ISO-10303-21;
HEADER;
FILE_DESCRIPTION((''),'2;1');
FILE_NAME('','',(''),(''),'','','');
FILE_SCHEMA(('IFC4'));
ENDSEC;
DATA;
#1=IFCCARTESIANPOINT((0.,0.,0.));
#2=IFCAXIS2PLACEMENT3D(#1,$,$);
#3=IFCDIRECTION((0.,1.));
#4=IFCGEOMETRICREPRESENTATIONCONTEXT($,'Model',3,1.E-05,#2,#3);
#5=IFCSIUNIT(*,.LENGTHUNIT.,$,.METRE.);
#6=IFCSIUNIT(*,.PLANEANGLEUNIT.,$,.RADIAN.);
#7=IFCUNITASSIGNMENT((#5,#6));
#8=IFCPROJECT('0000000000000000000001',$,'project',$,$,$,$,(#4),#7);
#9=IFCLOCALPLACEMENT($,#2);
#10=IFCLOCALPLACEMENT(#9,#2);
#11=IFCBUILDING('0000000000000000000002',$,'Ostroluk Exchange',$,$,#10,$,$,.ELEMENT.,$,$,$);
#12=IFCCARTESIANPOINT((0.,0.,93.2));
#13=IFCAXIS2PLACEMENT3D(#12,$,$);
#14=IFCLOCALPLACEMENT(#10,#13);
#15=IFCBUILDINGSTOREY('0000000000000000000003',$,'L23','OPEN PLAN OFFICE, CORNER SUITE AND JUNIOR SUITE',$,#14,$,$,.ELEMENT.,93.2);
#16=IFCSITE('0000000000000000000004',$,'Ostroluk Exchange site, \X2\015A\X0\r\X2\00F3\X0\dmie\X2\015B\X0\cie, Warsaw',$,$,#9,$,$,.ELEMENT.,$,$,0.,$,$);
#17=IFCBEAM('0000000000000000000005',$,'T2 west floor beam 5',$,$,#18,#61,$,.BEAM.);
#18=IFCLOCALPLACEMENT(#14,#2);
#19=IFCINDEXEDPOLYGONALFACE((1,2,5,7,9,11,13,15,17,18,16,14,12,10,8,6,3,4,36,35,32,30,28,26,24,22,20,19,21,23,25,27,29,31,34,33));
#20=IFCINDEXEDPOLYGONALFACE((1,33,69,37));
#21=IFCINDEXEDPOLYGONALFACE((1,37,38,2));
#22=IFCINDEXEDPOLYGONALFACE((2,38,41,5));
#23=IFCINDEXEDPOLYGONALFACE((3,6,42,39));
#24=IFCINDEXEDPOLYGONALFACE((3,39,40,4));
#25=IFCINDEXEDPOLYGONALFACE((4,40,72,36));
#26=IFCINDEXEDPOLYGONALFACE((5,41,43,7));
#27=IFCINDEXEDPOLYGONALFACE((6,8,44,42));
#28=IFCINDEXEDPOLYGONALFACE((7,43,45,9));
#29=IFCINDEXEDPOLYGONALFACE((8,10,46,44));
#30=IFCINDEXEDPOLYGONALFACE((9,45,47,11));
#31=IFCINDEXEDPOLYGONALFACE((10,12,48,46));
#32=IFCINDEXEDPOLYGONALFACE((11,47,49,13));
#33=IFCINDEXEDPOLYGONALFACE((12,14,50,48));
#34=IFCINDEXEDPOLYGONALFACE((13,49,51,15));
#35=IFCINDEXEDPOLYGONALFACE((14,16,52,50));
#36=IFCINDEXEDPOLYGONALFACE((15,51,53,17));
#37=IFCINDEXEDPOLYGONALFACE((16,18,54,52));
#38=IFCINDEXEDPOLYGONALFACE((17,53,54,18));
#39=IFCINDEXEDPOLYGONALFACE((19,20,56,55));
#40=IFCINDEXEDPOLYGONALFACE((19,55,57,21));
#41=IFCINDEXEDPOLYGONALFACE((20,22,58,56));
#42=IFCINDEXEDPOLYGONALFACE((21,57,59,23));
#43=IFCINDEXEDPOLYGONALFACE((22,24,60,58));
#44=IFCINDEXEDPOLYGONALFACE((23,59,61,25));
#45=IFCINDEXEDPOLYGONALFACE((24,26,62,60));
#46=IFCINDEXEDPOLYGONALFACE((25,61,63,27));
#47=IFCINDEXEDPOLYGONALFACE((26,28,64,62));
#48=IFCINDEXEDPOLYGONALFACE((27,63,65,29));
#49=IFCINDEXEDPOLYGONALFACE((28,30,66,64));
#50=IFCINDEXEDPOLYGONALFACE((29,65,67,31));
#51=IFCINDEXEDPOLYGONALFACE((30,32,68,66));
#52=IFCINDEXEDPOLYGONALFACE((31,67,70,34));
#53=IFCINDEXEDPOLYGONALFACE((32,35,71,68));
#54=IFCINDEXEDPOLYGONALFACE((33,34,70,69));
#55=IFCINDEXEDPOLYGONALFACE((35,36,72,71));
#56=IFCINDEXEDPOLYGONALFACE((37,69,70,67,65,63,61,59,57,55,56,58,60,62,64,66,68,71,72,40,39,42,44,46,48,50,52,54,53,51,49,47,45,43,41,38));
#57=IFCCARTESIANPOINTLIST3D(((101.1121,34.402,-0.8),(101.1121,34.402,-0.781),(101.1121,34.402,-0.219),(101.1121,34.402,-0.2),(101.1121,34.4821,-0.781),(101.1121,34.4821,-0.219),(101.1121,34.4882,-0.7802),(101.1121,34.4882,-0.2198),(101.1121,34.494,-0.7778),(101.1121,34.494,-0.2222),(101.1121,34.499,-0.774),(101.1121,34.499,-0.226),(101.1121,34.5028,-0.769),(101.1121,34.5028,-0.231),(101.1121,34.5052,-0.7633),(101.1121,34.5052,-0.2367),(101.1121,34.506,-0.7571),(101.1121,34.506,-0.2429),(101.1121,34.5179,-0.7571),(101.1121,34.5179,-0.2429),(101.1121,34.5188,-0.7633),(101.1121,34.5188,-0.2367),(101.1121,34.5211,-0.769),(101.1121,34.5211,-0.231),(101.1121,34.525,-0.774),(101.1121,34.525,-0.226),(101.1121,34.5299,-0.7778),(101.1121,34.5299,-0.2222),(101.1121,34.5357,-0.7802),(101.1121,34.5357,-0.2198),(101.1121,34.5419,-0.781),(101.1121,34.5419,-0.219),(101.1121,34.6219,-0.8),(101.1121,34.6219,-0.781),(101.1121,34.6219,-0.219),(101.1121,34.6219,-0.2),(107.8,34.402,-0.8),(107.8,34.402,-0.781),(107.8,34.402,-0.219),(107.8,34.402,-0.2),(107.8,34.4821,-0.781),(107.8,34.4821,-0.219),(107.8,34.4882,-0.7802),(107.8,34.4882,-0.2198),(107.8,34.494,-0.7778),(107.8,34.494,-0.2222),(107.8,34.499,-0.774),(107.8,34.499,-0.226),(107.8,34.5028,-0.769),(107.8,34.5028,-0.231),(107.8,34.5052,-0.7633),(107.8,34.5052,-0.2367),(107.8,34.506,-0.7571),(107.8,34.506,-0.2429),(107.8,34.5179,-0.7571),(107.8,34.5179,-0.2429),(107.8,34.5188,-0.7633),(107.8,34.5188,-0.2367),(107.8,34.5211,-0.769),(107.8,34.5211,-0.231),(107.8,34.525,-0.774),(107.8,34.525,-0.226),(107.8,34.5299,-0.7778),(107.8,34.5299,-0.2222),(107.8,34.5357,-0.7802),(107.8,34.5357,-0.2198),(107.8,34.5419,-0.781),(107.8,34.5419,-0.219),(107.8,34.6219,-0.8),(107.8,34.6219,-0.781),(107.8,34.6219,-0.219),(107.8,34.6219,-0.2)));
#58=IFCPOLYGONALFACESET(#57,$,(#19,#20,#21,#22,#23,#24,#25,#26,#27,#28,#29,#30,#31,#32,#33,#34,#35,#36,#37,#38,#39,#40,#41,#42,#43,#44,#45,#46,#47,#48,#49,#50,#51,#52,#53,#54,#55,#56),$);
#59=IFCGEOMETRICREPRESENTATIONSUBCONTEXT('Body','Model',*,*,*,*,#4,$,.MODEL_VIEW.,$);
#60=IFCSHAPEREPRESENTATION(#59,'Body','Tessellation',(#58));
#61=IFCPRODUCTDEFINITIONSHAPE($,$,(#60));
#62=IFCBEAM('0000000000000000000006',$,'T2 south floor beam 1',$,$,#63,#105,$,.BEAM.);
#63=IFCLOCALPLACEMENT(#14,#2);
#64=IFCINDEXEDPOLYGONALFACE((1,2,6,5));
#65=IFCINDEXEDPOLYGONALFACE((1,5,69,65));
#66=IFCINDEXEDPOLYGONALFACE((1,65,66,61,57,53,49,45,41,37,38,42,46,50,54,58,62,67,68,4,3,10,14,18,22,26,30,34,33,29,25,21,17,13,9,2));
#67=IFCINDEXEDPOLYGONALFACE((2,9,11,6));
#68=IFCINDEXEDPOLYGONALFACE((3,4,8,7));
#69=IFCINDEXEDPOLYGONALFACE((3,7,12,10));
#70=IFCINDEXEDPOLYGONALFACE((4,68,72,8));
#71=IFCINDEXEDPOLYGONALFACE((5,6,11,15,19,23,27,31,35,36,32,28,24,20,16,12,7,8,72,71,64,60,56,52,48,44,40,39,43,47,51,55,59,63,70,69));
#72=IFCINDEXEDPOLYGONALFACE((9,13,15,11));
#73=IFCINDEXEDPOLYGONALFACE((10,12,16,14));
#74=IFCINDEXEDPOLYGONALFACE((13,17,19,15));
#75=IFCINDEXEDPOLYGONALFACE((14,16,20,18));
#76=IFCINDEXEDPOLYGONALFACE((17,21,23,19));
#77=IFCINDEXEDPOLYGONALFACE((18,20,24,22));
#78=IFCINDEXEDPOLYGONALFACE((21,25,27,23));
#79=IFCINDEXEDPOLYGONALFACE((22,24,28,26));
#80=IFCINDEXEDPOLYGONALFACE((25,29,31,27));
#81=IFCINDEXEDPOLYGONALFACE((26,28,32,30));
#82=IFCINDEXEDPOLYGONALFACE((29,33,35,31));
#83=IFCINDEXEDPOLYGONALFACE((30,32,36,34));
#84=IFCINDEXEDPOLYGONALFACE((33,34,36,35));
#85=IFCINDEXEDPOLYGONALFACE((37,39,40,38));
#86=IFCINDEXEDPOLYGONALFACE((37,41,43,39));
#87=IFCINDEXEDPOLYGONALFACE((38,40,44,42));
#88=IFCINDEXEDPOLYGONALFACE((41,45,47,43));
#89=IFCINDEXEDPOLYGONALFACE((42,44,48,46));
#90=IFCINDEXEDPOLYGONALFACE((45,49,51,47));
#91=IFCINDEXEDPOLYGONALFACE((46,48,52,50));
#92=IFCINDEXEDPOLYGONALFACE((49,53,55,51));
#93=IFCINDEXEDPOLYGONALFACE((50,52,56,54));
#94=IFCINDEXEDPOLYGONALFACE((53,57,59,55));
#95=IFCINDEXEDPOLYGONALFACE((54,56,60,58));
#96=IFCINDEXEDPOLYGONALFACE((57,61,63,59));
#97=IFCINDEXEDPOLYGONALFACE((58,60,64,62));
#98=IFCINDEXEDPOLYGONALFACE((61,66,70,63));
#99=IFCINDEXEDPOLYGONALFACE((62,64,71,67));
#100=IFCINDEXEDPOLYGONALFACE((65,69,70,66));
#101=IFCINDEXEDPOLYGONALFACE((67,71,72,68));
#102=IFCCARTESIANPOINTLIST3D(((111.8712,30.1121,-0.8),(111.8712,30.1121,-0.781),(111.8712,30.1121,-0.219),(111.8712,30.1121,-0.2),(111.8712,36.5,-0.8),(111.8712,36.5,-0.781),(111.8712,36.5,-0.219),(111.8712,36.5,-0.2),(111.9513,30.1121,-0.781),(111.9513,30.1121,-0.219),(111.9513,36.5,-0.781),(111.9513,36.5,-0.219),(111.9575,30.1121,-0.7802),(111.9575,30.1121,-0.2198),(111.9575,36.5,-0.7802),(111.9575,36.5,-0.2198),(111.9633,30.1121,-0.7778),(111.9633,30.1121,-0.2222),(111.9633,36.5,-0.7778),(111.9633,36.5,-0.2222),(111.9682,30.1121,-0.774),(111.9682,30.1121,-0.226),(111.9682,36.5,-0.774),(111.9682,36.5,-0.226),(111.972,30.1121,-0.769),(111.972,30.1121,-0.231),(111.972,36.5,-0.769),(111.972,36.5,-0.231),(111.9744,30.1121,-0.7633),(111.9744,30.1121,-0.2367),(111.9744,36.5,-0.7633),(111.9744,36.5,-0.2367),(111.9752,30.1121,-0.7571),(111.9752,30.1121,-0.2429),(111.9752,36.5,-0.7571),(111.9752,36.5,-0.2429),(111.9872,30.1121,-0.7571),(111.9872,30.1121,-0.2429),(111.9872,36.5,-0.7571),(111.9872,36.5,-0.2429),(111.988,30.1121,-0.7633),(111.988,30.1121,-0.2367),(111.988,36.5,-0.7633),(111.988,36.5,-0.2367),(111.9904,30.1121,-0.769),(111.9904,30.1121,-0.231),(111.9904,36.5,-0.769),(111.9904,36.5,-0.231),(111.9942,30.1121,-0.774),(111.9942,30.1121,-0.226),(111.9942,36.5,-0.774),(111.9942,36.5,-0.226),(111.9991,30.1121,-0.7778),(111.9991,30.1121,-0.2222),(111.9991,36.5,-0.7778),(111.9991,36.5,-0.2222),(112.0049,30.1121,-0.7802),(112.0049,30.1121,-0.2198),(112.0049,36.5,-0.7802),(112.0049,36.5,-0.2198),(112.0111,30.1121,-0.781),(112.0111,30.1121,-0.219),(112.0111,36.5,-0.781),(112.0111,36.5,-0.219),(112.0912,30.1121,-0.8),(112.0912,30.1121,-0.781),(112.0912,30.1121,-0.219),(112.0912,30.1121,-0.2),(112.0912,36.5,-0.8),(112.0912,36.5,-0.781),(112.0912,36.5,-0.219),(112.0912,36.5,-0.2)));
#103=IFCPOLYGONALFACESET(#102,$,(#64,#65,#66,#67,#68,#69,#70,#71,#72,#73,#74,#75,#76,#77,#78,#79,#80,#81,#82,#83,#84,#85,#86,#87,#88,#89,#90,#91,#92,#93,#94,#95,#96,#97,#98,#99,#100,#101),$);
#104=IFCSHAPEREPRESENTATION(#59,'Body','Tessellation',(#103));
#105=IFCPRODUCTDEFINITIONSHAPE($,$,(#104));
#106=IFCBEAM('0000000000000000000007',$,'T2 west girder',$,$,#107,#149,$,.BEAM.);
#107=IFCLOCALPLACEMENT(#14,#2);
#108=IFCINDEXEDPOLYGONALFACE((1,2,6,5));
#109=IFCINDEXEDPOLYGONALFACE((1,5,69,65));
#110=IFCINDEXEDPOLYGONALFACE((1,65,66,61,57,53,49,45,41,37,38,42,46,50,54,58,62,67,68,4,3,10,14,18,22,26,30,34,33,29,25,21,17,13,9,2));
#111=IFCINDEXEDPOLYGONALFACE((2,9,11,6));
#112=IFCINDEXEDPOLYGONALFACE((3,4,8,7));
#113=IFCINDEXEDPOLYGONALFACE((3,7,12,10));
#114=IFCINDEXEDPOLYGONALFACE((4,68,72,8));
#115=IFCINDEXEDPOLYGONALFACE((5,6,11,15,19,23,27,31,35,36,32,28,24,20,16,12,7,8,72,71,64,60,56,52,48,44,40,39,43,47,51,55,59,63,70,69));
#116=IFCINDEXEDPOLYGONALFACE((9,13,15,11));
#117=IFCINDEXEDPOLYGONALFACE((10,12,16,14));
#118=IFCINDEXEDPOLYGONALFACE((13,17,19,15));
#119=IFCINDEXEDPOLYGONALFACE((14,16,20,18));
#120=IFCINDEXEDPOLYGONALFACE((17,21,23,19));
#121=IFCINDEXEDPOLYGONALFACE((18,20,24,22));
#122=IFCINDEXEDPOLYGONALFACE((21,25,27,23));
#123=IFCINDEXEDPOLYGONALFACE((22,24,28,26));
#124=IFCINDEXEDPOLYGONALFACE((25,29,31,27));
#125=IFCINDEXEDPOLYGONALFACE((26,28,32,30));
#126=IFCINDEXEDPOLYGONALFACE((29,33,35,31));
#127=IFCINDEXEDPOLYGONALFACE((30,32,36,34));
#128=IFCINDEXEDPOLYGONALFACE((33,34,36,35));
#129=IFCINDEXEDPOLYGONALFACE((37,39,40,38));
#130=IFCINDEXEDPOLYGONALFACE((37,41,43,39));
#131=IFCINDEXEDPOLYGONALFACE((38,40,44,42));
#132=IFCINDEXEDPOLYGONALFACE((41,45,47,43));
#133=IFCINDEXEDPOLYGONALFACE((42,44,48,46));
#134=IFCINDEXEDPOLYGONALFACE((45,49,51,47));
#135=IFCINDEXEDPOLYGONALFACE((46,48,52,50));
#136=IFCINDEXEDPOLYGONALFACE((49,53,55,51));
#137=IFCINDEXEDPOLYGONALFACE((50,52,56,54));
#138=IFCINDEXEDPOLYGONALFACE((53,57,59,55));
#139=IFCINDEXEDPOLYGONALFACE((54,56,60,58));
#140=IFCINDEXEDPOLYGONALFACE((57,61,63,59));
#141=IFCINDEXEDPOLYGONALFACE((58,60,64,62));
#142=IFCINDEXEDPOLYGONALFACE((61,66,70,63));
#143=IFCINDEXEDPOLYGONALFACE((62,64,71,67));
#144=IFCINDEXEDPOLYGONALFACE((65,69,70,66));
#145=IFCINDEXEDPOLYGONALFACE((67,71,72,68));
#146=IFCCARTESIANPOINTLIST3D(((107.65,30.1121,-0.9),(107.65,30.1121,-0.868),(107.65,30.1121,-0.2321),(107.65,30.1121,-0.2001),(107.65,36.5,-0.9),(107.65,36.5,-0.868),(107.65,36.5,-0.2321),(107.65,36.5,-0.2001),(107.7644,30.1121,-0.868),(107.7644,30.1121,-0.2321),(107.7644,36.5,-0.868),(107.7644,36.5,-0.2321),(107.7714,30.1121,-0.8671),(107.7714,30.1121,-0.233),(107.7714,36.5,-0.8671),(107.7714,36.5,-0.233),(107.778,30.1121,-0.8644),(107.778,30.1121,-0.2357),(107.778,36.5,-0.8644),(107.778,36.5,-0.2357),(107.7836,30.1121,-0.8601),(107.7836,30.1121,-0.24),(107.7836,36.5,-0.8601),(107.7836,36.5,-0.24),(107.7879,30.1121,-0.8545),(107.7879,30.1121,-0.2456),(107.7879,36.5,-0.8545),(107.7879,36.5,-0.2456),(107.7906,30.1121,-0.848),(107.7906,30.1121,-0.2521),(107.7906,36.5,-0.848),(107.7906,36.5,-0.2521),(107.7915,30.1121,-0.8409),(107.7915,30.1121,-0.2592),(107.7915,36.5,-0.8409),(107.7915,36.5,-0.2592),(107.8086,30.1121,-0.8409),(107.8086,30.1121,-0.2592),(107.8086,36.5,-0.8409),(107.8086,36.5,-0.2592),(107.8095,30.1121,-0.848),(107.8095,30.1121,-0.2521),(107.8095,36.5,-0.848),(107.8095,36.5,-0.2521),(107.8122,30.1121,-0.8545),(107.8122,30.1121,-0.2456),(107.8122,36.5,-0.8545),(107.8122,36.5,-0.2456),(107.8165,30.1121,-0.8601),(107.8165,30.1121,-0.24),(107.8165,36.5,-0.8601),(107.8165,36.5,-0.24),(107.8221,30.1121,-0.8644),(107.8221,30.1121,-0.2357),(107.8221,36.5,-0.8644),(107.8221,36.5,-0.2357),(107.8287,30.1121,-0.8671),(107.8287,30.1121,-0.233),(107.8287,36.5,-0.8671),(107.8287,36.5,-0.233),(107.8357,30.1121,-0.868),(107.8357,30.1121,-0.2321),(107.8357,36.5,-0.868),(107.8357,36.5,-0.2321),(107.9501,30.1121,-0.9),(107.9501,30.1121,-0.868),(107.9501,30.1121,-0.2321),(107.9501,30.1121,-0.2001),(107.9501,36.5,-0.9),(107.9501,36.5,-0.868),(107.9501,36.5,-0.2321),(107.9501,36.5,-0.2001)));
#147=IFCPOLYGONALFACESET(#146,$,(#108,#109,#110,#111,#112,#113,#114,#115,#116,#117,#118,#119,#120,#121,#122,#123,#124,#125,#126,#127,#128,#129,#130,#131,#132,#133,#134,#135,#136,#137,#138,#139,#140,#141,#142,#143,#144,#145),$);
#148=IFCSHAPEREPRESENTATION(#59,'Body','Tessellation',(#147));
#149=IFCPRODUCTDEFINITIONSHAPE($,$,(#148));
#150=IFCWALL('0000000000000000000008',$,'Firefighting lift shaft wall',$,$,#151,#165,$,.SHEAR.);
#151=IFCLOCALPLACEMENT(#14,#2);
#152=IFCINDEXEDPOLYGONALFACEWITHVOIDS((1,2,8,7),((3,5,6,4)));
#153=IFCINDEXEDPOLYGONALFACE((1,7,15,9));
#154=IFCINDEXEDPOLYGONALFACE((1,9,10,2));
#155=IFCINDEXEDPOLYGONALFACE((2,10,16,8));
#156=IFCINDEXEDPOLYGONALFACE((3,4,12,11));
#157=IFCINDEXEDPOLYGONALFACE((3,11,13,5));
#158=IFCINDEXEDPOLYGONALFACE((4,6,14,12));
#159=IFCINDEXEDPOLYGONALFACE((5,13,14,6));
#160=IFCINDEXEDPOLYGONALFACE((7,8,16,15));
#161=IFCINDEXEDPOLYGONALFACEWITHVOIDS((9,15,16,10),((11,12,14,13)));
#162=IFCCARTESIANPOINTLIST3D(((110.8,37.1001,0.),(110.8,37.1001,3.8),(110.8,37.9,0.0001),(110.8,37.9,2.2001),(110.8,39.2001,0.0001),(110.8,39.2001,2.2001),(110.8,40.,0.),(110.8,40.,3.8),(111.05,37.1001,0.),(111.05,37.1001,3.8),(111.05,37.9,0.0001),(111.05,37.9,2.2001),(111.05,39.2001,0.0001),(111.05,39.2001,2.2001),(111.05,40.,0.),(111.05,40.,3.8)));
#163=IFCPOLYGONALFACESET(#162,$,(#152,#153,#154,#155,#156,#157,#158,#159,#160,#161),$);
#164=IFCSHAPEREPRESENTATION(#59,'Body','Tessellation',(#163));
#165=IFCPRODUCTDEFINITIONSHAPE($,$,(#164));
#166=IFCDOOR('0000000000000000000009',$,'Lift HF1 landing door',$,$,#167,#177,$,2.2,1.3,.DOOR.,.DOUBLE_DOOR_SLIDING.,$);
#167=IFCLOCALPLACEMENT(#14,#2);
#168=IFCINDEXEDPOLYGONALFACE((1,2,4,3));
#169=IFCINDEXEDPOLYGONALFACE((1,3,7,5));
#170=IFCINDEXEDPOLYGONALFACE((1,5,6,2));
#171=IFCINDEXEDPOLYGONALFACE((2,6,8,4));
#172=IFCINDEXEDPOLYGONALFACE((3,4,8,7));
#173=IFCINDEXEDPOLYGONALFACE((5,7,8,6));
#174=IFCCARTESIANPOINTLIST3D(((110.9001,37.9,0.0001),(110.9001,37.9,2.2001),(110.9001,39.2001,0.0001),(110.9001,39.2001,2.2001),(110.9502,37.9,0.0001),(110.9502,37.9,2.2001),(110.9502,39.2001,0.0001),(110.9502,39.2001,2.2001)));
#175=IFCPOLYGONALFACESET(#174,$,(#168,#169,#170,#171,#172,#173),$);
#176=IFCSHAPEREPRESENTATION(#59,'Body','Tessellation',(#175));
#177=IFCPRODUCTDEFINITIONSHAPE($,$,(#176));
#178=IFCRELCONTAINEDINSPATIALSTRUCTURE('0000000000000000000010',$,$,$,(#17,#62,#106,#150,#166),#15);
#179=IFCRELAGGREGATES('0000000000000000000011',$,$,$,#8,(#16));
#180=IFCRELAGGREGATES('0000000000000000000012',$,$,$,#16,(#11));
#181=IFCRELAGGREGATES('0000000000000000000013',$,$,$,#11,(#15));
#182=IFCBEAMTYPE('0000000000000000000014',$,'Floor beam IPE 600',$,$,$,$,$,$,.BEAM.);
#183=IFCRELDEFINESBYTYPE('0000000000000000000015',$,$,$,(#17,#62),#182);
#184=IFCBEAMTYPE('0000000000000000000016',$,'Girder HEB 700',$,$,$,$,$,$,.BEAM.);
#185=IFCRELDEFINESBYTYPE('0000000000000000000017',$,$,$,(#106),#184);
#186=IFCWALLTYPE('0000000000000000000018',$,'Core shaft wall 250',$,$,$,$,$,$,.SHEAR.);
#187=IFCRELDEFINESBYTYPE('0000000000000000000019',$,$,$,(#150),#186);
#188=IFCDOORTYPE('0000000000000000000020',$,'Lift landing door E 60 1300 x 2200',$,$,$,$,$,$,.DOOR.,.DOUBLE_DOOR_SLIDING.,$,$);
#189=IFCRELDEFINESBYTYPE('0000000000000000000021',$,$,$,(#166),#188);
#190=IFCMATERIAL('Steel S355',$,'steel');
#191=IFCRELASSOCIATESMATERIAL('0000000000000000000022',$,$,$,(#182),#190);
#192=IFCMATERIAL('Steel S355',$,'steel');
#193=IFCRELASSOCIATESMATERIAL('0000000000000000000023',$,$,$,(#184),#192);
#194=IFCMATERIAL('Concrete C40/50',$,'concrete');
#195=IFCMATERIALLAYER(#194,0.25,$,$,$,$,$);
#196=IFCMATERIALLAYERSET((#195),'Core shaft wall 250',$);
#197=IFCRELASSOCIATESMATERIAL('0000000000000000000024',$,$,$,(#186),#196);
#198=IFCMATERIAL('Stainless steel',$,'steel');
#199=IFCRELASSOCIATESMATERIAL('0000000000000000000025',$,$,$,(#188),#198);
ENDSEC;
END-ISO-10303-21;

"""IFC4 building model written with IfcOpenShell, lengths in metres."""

from ifc_helpers import new_model, si_unit, direction, frame, frame_2d, origin, origin_2d, place, context, subcontext, project, spatial, rectangle, i_section, extrude, material, layer, layer_set, material_profile, profile_set, type_object, element, fill, save


model = new_model("IFC4")

# Units and contexts
model_context = context("Model", 3, precision=1e-05, world=origin(), true_north=direction((0.0, 1.0)))
body_context = subcontext(model_context, "Body", "Model", "MODEL_VIEW")
ifc_project = project(units=[si_unit("LENGTHUNIT", "METRE"), si_unit("PLANEANGLEUNIT", "RADIAN")], contexts=[model_context])

# Site, building, storey
site_placement = place(None, origin())
site = spatial("IfcSite", under=ifc_project, at=site_placement, Name="Ostroluk Exchange site, Śródmieście, Warsaw", CompositionType="ELEMENT", RefElevation=0.0)
building_placement = place(site_placement, origin())
building = spatial("IfcBuilding", under=site, at=building_placement, Name="Ostroluk Exchange", CompositionType="ELEMENT")
storey_placement = place(building_placement, frame((0.0, 0.0, 93.2)))
storey = spatial("IfcBuildingStorey", under=building, at=storey_placement, Name="L23", Description="OPEN PLAN OFFICE, CORNER SUITE AND JUNIOR SUITE", CompositionType="ELEMENT", Elevation=93.2)

# Beams
ifc_material_1 = material(Name="Steel S355", Category="steel")
ifc_material_profile_1 = material_profile(ifc_material_1, i_section(OverallWidth=0.22, OverallDepth=0.6001, WebThickness=0.012, FlangeThickness=0.019, FilletRadius=0.0239, at=origin_2d()), Name="IPE 600")
ifc_profile_set_1 = profile_set([ifc_material_profile_1], Name="Steel S355")
beam_type_1 = type_object("IfcBeamType", Name="Floor beam IPE 600", PredefinedType="BEAM", material=ifc_profile_set_1)
beam_1_placement = place(storey_placement, frame((107.8, 34.512, -0.5), z_axis=(-1.0, 0.0, 0.0), x_axis=(0.0, -1.0, 0.0)))
element("IfcBeam", 1, at=beam_1_placement, inside=storey, type_object=beam_type_1, Name="T2 west floor beam 5", PredefinedType="BEAM", context=body_context, shape_type="SweptSolid", body=[
    extrude(i_section(OverallWidth=0.22, OverallDepth=0.6001, WebThickness=0.012, FlangeThickness=0.019, FilletRadius=0.0239, at=origin_2d()), origin(), (0.0, 0.0, 1.0), 6.688),
])
beam_2_placement = place(storey_placement, frame((111.9812, 36.5, -0.5), z_axis=(0.0, -1.0, 0.0), x_axis=(1.0, 0.0, 0.0)))
element("IfcBeam", 2, at=beam_2_placement, inside=storey, type_object=beam_type_1, Name="T2 south floor beam 1", PredefinedType="BEAM", context=body_context, shape_type="SweptSolid", body=[
    extrude(i_section(OverallWidth=0.22, OverallDepth=0.6001, WebThickness=0.012, FlangeThickness=0.019, FilletRadius=0.0239, at=origin_2d()), origin(), (0.0, 0.0, 1.0), 6.3879),
])
ifc_material_2 = material(Name="Steel S355", Category="steel")
ifc_material_profile_2 = material_profile(ifc_material_2, i_section(OverallWidth=0.3, OverallDepth=0.7, WebThickness=0.0171, FlangeThickness=0.032, FilletRadius=0.0271, at=origin_2d()), Name="HEB 700")
ifc_profile_set_2 = profile_set([ifc_material_profile_2], Name="Steel S355")
beam_type_2 = type_object("IfcBeamType", Name="Girder HEB 700", PredefinedType="BEAM", material=ifc_profile_set_2)
beam_3_placement = place(storey_placement, frame((107.8, 36.5, -0.55), z_axis=(0.0, -1.0, 0.0), x_axis=(1.0, 0.0, 0.0)))
element("IfcBeam", 3, at=beam_3_placement, inside=storey, type_object=beam_type_2, Name="T2 west girder", PredefinedType="BEAM", context=body_context, shape_type="SweptSolid", body=[
    extrude(i_section(OverallWidth=0.3, OverallDepth=0.7, WebThickness=0.0171, FlangeThickness=0.032, FilletRadius=0.0271, at=origin_2d()), origin(), (0.0, 0.0, 1.0), 6.3879),
])

# Wall, opening, door
ifc_material_3 = material(Name="Concrete C40/50", Category="concrete")
ifc_layer_1 = layer(ifc_material_3, 0.25)
ifc_layer_set_1 = layer_set([ifc_layer_1], Name="Core shaft wall 250")
wall_type_1 = type_object("IfcWallType", Name="Core shaft wall 250", PredefinedType="SHEAR", material=ifc_layer_set_1)
wall_1_placement = place(storey_placement, frame((110.925, 37.1001, 0.0), z_axis=(0.0, 0.0, 1.0), x_axis=(0.0, 1.0, 0.0)))
wall_1 = element("IfcWall", 4, at=wall_1_placement, inside=storey, type_object=wall_type_1, Name="Firefighting lift shaft wall", PredefinedType="SHEAR", context=body_context, shape_type="SweptSolid", body=[
    extrude(rectangle(XDim=2.8999, YDim=0.25, at=frame_2d((1.45, 0.0))), origin(), (0.0, 0.0, 1.0), 3.8),
])
opening_1_placement = place(wall_1_placement, frame((0.8, 0.0, 0.0)))
opening_1 = element("IfcOpeningElement", 5, at=opening_1_placement, cuts=wall_1, PredefinedType="OPENING", context=body_context, shape_type="SweptSolid", body=[
    extrude(rectangle(XDim=1.3, YDim=2.2, at=frame_2d((0.6499, 1.1001))), frame((0.0, 0.135, 0.0), z_axis=(0.0, -1.0, 0.0), x_axis=(1.0, 0.0, 0.0)), (0.0, 0.0, 1.0), 0.27),
])
ifc_material_4 = material(Name="Stainless steel", Category="steel")
door_type_1 = type_object("IfcDoorType", Name="Lift landing door E 60 1300 x 2200", OperationType="DOUBLE_DOOR_SLIDING", PredefinedType="DOOR", material=ifc_material_4)
door_1_placement = place(opening_1_placement, origin())
door_1 = element("IfcDoor", 6, at=door_1_placement, inside=storey, type_object=door_type_1, Name="Lift HF1 landing door", OperationType="DOUBLE_DOOR_SLIDING", OverallHeight=2.2, OverallWidth=1.3, PredefinedType="DOOR", context=body_context, shape_type="SweptSolid", body=[
    extrude(rectangle(XDim=1.3, YDim=2.2, at=frame_2d((0.6499, 1.1001))), frame((0.0, 0.0249, 0.0), z_axis=(0.0, -1.0, 0.0), x_axis=(1.0, 0.0, 0.0)), (0.0, 0.0, 1.0), 0.05),
])
fill(opening_1, door_1)

save(model, "model.ifc")
